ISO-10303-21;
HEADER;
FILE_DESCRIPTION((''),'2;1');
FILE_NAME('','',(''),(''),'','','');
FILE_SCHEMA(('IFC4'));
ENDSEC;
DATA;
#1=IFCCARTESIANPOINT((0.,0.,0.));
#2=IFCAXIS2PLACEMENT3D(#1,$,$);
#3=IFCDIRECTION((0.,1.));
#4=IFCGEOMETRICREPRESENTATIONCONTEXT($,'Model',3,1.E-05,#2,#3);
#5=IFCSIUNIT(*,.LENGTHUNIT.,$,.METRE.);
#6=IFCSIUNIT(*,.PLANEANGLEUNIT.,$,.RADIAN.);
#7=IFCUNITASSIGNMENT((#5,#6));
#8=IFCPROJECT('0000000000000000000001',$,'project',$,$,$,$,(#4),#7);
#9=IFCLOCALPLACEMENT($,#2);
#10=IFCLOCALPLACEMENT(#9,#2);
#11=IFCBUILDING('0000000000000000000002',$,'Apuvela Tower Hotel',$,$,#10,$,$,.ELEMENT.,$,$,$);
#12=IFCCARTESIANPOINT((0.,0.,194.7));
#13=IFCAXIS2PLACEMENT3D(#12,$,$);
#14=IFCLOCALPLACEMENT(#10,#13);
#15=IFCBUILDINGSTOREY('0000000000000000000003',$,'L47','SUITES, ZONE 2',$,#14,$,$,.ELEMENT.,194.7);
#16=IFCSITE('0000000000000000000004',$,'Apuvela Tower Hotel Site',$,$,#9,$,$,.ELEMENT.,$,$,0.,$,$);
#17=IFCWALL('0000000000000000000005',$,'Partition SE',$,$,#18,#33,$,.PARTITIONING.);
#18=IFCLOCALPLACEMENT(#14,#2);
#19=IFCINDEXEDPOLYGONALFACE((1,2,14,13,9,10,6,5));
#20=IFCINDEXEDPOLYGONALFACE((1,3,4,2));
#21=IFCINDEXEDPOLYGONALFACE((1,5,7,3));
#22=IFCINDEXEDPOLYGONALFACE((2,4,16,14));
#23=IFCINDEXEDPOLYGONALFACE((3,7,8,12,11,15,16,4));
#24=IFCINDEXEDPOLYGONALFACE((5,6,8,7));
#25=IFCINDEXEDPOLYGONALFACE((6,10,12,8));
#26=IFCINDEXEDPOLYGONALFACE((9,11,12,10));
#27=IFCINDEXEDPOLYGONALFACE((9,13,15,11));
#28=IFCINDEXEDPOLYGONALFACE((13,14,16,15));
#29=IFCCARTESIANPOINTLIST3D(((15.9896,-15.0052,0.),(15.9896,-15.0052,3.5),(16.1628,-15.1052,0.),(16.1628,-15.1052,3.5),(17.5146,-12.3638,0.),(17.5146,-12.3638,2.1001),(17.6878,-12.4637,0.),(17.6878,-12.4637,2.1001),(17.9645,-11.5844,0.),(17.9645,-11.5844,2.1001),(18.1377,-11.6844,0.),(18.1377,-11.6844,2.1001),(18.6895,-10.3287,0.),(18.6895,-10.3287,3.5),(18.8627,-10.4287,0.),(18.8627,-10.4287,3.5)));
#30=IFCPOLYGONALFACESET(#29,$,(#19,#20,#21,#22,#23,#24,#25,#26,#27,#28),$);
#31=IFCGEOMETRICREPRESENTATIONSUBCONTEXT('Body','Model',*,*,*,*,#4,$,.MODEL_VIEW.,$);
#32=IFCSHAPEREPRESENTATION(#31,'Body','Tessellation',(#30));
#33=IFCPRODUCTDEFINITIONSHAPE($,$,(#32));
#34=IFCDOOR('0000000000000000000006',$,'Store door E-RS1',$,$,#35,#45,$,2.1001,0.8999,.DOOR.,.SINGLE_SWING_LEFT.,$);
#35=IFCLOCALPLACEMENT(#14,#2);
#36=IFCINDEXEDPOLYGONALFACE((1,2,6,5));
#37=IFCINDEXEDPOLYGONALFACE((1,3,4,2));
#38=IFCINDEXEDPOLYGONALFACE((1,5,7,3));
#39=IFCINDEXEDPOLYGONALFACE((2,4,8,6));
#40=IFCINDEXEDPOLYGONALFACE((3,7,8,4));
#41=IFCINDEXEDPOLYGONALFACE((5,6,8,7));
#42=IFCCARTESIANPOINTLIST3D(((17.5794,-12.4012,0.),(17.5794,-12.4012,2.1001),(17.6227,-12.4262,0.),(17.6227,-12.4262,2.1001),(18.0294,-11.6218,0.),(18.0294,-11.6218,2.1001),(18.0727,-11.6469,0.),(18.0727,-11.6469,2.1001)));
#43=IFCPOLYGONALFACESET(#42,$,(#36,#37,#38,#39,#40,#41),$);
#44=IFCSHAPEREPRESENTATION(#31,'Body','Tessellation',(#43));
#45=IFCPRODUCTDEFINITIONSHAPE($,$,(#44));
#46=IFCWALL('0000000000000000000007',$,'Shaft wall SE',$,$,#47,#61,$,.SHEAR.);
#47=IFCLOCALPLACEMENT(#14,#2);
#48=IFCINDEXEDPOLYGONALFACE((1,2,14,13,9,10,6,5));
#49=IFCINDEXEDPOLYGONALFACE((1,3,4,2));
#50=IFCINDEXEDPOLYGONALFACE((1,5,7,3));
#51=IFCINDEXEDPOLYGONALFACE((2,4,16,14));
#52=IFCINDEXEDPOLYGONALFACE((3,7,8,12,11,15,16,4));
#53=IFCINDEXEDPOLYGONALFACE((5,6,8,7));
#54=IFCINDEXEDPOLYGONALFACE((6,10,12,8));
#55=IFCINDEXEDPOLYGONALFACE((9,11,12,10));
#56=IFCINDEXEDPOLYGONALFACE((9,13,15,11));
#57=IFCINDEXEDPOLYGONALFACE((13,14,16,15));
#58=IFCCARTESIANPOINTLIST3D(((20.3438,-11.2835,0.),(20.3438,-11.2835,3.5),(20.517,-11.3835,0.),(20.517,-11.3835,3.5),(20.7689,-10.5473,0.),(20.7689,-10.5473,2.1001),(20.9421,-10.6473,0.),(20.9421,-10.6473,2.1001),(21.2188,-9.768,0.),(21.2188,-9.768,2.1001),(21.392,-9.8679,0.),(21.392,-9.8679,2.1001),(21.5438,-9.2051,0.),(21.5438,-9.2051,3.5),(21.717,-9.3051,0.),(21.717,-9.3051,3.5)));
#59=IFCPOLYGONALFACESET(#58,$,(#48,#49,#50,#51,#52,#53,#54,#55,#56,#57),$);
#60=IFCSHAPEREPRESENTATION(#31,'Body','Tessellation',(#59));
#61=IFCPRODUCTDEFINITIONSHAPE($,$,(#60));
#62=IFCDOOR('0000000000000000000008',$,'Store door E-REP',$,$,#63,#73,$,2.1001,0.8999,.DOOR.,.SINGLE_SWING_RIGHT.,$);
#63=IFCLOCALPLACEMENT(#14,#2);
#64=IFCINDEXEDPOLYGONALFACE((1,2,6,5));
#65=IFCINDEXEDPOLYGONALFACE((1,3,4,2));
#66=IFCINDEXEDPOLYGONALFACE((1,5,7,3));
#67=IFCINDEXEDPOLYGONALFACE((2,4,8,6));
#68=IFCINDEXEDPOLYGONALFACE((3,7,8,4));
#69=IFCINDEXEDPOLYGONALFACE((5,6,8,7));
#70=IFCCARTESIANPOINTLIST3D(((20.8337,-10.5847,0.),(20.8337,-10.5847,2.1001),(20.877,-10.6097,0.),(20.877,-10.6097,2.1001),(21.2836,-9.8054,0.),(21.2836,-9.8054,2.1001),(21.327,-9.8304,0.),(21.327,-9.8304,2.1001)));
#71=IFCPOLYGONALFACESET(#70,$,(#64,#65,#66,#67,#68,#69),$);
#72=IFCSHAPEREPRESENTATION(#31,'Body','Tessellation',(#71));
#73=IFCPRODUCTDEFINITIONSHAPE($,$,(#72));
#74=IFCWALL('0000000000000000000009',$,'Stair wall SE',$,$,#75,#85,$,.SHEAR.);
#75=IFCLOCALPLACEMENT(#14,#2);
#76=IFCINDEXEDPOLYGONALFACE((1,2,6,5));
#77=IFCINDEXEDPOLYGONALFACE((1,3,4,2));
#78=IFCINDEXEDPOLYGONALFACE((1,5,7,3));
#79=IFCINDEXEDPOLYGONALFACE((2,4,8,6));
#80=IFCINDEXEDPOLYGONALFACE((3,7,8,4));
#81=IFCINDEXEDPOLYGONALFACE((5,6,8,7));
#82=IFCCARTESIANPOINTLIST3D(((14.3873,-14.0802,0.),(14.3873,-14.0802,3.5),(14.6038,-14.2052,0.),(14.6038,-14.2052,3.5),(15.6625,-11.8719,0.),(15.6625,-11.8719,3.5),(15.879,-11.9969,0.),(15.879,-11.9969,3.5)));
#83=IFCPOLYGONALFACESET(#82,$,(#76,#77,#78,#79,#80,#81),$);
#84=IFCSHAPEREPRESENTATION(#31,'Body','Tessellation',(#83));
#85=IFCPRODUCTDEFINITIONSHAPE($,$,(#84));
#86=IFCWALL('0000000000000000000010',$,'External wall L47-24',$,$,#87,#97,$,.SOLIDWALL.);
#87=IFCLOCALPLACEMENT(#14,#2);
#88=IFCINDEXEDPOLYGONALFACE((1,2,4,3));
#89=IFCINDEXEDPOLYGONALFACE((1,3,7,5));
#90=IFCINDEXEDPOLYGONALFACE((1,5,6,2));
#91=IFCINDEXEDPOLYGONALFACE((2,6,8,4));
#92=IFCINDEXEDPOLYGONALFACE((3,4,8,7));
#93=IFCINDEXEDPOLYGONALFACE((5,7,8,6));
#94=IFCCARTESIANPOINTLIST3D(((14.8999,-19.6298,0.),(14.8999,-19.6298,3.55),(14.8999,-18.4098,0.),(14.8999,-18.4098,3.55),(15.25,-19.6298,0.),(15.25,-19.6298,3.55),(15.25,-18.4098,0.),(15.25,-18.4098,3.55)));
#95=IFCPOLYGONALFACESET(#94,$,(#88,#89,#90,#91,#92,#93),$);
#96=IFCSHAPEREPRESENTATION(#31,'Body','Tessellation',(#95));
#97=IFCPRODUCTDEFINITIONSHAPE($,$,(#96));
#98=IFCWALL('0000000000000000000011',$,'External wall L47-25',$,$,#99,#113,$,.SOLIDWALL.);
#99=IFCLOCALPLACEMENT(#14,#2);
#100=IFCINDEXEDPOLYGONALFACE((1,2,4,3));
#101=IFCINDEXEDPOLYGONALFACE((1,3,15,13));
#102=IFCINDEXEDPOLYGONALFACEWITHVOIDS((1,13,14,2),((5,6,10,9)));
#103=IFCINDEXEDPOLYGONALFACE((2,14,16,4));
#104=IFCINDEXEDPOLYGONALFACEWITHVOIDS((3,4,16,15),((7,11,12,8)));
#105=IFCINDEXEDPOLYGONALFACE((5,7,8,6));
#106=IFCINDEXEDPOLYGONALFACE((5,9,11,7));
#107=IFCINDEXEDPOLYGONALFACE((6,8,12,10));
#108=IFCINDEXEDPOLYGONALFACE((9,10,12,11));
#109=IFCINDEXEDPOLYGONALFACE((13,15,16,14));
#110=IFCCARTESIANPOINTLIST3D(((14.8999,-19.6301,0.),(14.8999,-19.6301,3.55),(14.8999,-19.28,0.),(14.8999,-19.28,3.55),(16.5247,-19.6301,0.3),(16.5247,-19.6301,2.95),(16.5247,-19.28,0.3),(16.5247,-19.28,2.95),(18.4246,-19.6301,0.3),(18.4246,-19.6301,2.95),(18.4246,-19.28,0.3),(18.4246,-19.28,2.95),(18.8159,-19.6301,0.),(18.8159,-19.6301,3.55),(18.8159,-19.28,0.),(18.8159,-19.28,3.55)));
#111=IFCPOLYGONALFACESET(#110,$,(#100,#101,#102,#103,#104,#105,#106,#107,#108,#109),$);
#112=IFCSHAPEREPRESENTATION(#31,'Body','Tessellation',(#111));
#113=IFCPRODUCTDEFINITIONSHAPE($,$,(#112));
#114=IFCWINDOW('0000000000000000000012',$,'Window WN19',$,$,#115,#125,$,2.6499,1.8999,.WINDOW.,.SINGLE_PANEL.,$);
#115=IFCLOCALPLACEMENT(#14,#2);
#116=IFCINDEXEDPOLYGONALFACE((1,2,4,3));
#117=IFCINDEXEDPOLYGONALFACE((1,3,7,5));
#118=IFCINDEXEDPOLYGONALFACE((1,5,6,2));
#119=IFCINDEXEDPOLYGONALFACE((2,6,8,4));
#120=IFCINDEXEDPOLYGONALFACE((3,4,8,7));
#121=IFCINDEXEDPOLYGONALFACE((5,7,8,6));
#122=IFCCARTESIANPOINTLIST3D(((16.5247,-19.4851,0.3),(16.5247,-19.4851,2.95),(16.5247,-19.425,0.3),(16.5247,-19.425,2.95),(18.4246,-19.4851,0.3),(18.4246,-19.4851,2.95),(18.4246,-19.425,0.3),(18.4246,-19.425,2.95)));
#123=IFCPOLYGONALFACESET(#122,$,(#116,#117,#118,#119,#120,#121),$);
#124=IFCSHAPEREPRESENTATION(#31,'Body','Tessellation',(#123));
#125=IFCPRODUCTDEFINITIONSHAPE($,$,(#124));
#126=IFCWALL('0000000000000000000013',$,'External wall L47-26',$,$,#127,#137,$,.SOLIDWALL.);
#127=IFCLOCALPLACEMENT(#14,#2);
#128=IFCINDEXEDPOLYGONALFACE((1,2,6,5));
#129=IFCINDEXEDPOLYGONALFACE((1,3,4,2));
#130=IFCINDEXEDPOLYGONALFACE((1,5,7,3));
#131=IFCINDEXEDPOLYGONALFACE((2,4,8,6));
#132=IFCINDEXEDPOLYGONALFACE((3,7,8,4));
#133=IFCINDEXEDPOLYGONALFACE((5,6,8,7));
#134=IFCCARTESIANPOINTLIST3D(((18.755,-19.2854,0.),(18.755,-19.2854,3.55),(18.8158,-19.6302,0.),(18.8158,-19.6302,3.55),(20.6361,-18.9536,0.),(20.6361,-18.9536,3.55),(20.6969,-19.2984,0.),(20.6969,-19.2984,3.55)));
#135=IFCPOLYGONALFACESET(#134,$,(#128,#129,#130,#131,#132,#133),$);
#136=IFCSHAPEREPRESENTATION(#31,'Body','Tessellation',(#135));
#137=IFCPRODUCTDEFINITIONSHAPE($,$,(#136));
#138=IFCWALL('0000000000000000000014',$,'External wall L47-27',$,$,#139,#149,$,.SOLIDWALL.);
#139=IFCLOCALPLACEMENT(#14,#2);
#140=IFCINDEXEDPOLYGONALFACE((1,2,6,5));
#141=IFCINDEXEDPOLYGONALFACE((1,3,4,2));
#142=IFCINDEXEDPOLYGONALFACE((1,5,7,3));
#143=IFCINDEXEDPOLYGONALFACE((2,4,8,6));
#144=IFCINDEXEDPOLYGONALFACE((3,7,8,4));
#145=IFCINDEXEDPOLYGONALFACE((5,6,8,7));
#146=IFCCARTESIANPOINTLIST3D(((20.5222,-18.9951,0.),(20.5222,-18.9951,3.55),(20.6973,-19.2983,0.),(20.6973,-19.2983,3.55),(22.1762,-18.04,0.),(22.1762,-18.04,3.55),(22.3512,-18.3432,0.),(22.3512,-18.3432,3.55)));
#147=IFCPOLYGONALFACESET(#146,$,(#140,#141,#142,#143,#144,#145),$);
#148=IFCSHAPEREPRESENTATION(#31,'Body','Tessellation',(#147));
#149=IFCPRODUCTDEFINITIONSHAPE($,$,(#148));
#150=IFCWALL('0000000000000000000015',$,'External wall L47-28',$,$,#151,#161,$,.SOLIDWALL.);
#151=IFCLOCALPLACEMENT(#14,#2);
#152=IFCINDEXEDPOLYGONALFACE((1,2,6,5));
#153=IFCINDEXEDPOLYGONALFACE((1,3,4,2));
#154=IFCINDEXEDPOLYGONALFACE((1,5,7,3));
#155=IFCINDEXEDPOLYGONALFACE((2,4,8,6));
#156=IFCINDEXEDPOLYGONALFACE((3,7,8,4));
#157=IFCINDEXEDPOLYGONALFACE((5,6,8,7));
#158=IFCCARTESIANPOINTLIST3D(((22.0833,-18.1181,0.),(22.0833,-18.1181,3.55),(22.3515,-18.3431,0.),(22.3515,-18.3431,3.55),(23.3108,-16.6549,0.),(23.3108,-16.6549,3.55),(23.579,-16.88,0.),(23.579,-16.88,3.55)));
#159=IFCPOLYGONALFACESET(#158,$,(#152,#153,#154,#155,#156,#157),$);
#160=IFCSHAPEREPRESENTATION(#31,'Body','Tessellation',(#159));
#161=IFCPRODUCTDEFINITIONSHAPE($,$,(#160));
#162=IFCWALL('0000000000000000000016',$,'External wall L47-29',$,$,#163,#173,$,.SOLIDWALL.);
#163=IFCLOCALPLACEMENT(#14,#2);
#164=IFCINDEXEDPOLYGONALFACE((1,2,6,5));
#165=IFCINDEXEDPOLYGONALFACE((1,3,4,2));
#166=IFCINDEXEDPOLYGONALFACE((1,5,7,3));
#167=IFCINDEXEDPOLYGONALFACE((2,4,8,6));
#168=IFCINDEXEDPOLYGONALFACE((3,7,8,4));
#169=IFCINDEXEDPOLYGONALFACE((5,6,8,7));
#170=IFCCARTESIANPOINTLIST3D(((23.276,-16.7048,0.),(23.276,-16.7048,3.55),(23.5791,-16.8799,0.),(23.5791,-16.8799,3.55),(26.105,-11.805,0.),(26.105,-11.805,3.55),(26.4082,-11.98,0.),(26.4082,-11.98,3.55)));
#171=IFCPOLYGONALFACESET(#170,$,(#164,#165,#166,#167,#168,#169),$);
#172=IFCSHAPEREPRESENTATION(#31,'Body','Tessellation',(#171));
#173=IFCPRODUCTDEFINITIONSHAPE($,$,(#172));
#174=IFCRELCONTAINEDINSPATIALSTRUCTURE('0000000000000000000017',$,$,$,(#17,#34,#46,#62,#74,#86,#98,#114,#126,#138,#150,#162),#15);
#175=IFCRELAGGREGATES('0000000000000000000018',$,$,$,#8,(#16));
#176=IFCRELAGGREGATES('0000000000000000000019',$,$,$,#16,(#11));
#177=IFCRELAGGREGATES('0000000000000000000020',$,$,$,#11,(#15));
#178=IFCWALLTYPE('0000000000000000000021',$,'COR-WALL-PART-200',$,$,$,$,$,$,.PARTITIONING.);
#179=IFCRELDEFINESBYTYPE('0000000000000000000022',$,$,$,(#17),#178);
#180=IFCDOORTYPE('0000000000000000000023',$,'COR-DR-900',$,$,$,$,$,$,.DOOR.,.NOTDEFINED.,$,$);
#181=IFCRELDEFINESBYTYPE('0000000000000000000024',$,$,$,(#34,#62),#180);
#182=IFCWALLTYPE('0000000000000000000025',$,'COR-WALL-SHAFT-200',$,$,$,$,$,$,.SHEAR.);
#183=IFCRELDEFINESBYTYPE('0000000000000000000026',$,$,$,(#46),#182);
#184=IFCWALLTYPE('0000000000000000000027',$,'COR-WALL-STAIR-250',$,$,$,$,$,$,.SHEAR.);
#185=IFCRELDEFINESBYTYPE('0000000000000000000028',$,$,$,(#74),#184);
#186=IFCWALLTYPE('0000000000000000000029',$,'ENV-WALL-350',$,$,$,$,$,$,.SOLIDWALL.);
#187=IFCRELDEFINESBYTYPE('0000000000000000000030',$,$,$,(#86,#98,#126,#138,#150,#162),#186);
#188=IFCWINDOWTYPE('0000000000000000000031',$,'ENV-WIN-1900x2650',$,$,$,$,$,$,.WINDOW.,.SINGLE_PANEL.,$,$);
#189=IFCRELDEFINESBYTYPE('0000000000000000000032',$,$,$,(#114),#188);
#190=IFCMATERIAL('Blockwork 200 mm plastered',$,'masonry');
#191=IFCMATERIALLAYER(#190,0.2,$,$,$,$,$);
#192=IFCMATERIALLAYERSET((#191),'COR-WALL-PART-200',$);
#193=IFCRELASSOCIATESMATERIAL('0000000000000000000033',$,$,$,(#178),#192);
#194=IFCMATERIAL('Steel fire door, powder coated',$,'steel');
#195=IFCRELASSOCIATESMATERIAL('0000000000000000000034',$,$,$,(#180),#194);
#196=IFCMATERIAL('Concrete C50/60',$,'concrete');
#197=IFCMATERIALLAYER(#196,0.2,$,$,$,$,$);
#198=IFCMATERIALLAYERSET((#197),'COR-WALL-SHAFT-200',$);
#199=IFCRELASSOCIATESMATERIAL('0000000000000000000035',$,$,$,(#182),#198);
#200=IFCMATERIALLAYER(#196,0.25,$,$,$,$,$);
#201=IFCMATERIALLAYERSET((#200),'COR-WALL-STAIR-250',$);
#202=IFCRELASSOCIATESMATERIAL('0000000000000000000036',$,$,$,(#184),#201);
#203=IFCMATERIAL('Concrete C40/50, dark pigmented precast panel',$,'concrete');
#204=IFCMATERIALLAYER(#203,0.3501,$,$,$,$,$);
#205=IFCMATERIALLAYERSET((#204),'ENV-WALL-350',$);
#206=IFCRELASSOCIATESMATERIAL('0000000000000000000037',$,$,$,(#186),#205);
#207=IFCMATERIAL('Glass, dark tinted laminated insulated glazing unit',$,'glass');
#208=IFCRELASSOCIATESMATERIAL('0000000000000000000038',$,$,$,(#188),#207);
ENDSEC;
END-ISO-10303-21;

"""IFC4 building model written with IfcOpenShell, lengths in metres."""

from ifc_helpers import new_model, si_unit, direction, frame, frame_2d, origin, place, context, subcontext, project, spatial, rectangle, extrude, material, layer, layer_set, type_object, element, fill, save


model = new_model("IFC4")

# Units and contexts
model_context = context("Model", 3, precision=1e-05, world=origin(), true_north=direction((0.0, 1.0)))
body_context = subcontext(model_context, "Body", "Model", "MODEL_VIEW")
ifc_project = project(units=[si_unit("LENGTHUNIT", "METRE"), si_unit("PLANEANGLEUNIT", "RADIAN")], contexts=[model_context])

# Site, building, storey
site_placement = place(None, origin())
site = spatial("IfcSite", under=ifc_project, at=site_placement, Name="Apuvela Tower Hotel Site", CompositionType="ELEMENT", RefElevation=0.0)
building_placement = place(site_placement, origin())
building = spatial("IfcBuilding", under=site, at=building_placement, Name="Apuvela Tower Hotel", CompositionType="ELEMENT")
storey_placement = place(building_placement, frame((0.0, 0.0, 194.7)))
storey = spatial("IfcBuildingStorey", under=building, at=storey_placement, Name="L47", Description="SUITES, ZONE 2", CompositionType="ELEMENT", Elevation=194.7)

# Walls, openings, doors
ifc_material_1 = material(Name="Blockwork 200 mm plastered", Category="masonry")
ifc_layer_1 = layer(ifc_material_1, 0.2)
ifc_layer_set_1 = layer_set([ifc_layer_1], Name="COR-WALL-PART-200")
wall_type_1 = type_object("IfcWallType", Name="COR-WALL-PART-200", PredefinedType="PARTITIONING", material=ifc_layer_set_1)
wall_1_placement = place(storey_placement, frame((16.0762, -15.0552, 0.0), z_axis=(0.0, 0.0, 1.0), x_axis=(0.499995, 0.866028, 0.0)))
wall_1 = element("IfcWall", 1, at=wall_1_placement, inside=storey, type_object=wall_type_1, Name="Partition SE", PredefinedType="PARTITIONING", context=body_context, shape_type="SweptSolid", body=[
    extrude(rectangle(XDim=5.3999, YDim=0.2, at=frame_2d((2.7, 0.0))), origin(), (0.0, 0.0, 1.0), 3.5),
])
opening_1_placement = place(wall_1_placement, frame((3.05, 0.0, 0.0)))
opening_1 = element("IfcOpeningElement", 2, at=opening_1_placement, cuts=wall_1, PredefinedType="OPENING", context=body_context, shape_type="SweptSolid", body=[
    extrude(rectangle(XDim=0.8999, YDim=2.1001, at=frame_2d((0.45, 1.05))), frame((0.0, 0.1099, 0.0), z_axis=(0.0, -1.0, 0.0), x_axis=(1.0, 0.0, 0.0)), (0.0, 0.0, 1.0), 0.22),
])
ifc_material_2 = material(Name="Steel fire door, powder coated", Category="steel")
door_type_1 = type_object("IfcDoorType", Name="COR-DR-900", OperationType="NOTDEFINED", PredefinedType="DOOR", material=ifc_material_2)
door_1_placement = place(opening_1_placement, frame((0.8999, 0.0, 0.0), z_axis=(0.0, 0.0, 1.0), x_axis=(-1.0, 0.0, 0.0)))
door_1 = element("IfcDoor", 3, at=door_1_placement, inside=storey, type_object=door_type_1, Name="Store door E-RS1", OperationType="SINGLE_SWING_LEFT", OverallHeight=2.1001, OverallWidth=0.8999, PredefinedType="DOOR", context=body_context, shape_type="SweptSolid", body=[
    extrude(rectangle(XDim=0.8999, YDim=2.1001, at=frame_2d((0.45, 1.05))), frame((0.0, 0.0249, 0.0), z_axis=(0.0, -1.0, 0.0), x_axis=(1.0, 0.0, 0.0)), (0.0, 0.0, 1.0), 0.05),
])
fill(opening_1, door_1)
ifc_material_3 = material(Name="Concrete C50/60", Category="concrete")
ifc_layer_2 = layer(ifc_material_3, 0.2)
ifc_layer_set_2 = layer_set([ifc_layer_2], Name="COR-WALL-SHAFT-200")
wall_type_2 = type_object("IfcWallType", Name="COR-WALL-SHAFT-200", PredefinedType="SHEAR", material=ifc_layer_set_2)
wall_2_placement = place(storey_placement, frame((20.4304, -11.3335, 0.0), z_axis=(0.0, 0.0, 1.0), x_axis=(0.500001, 0.866025, 0.0)))
wall_2 = element("IfcWall", 4, at=wall_2_placement, inside=storey, type_object=wall_type_2, Name="Shaft wall SE", PredefinedType="SHEAR", context=body_context, shape_type="SweptSolid", body=[
    extrude(rectangle(XDim=2.3999, YDim=0.2, at=frame_2d((1.2, 0.0))), origin(), (0.0, 0.0, 1.0), 3.5),
])
opening_2_placement = place(wall_2_placement, frame((0.8501, 0.0, 0.0)))
opening_2 = element("IfcOpeningElement", 5, at=opening_2_placement, cuts=wall_2, PredefinedType="OPENING", context=body_context, shape_type="SweptSolid", body=[
    extrude(rectangle(XDim=0.8999, YDim=2.1001, at=frame_2d((0.45, 1.05))), frame((0.0, 0.1099, 0.0), z_axis=(0.0, -1.0, 0.0), x_axis=(1.0, 0.0, 0.0)), (0.0, 0.0, 1.0), 0.22),
])
door_2_placement = place(opening_2_placement, frame((0.8999, 0.0, 0.0), z_axis=(0.0, 0.0, 1.0), x_axis=(-1.0, 0.0, 0.0)))
door_2 = element("IfcDoor", 6, at=door_2_placement, inside=storey, type_object=door_type_1, Name="Store door E-REP", OperationType="SINGLE_SWING_RIGHT", OverallHeight=2.1001, OverallWidth=0.8999, PredefinedType="DOOR", context=body_context, shape_type="SweptSolid", body=[
    extrude(rectangle(XDim=0.8999, YDim=2.1001, at=frame_2d((0.45, 1.05))), frame((0.0, 0.0249, 0.0), z_axis=(0.0, -1.0, 0.0), x_axis=(1.0, 0.0, 0.0)), (0.0, 0.0, 1.0), 0.05),
])
fill(opening_2, door_2)

# Walls
ifc_layer_3 = layer(ifc_material_3, 0.25)
ifc_layer_set_3 = layer_set([ifc_layer_3], Name="COR-WALL-STAIR-250")
wall_type_3 = type_object("IfcWallType", Name="COR-WALL-STAIR-250", PredefinedType="SHEAR", material=ifc_layer_set_3)
wall_3_placement = place(storey_placement, frame((14.4956, -14.1426, 0.0), z_axis=(0.0, 0.0, 1.0), x_axis=(0.500062, 0.865989, 0.0)))
element("IfcWall", 7, at=wall_3_placement, inside=storey, type_object=wall_type_3, Name="Stair wall SE", PredefinedType="SHEAR", context=body_context, shape_type="SweptSolid", body=[
    extrude(rectangle(XDim=2.55, YDim=0.25, at=frame_2d((1.2749, 0.0))), origin(), (0.0, 0.0, 1.0), 3.5),
])
ifc_material_4 = material(Name="Concrete C40/50, dark pigmented precast panel", Category="concrete")
ifc_layer_4 = layer(ifc_material_4, 0.3501)
ifc_layer_set_4 = layer_set([ifc_layer_4], Name="ENV-WALL-350")
wall_type_4 = type_object("IfcWallType", Name="ENV-WALL-350", PredefinedType="SOLIDWALL", material=ifc_layer_set_4)
wall_4_placement = place(storey_placement, frame((15.075, -18.4099, 0.0), z_axis=(0.0, 0.0, 1.0), x_axis=(0.0, -1.0, 0.0)))
element("IfcWall", 8, at=wall_4_placement, inside=storey, type_object=wall_type_4, Name="External wall L47-24", PredefinedType="SOLIDWALL", context=body_context, shape_type="SweptSolid", body=[
    extrude(rectangle(XDim=1.22, YDim=0.3501, at=frame_2d((0.6099, 0.0))), origin(), (0.0, 0.0, 1.0), 3.55),
])

# Wall, opening, window
wall_5_placement = place(storey_placement, frame((14.8999, -19.4551, 0.0), z_axis=(0.0, 0.0, 1.0), x_axis=(1.0, 0.0, 0.0)))
wall_5 = element("IfcWall", 9, at=wall_5_placement, inside=storey, type_object=wall_type_4, Name="External wall L47-25", PredefinedType="SOLIDWALL", context=body_context, shape_type="SweptSolid", body=[
    extrude(rectangle(XDim=3.916, YDim=0.3501, at=frame_2d((1.958, 0.0))), origin(), (0.0, 0.0, 1.0), 3.55),
])
opening_3_placement = place(wall_5_placement, frame((1.6248, 0.0, 0.3)))
opening_3 = element("IfcOpeningElement", 10, at=opening_3_placement, cuts=wall_5, PredefinedType="OPENING", context=body_context, shape_type="SweptSolid", body=[
    extrude(rectangle(XDim=1.8999, YDim=2.6499, at=frame_2d((0.95, 1.325))), frame((0.0, 0.1851, 0.0), z_axis=(0.0, -1.0, 0.0), x_axis=(1.0, 0.0, 0.0)), (0.0, 0.0, 1.0), 0.3701),
])
ifc_material_5 = material(Name="Glass, dark tinted laminated insulated glazing unit", Category="glass")
window_type = type_object("IfcWindowType", Name="ENV-WIN-1900x2650", PartitioningType="SINGLE_PANEL", PredefinedType="WINDOW", material=ifc_material_5)
window_placement = place(opening_3_placement, origin())
window = element("IfcWindow", 11, at=window_placement, inside=storey, type_object=window_type, Name="Window WN19", OverallHeight=2.6499, OverallWidth=1.8999, PartitioningType="SINGLE_PANEL", PredefinedType="WINDOW", context=body_context, shape_type="SweptSolid", body=[
    extrude(rectangle(XDim=1.8999, YDim=2.6499, at=frame_2d((0.95, 1.325))), frame((0.0, 0.03, 0.0), z_axis=(0.0, -1.0, 0.0), x_axis=(1.0, 0.0, 0.0)), (0.0, 0.0, 1.0), 0.0601),
])
fill(opening_3, window)

# Walls
wall_6_placement = place(storey_placement, frame((18.7854, -19.4578, 0.0), z_axis=(0.0, 0.0, 1.0), x_axis=(0.984799, 0.173698, 0.0)))
element("IfcWall", 12, at=wall_6_placement, inside=storey, type_object=wall_type_4, Name="External wall L47-26", PredefinedType="SOLIDWALL", context=body_context, shape_type="SweptSolid", body=[
    extrude(rectangle(XDim=1.9102, YDim=0.3501, at=frame_2d((0.9551, 0.0))), origin(), (0.0, 0.0, 1.0), 3.55),
])
for number, where, z_axis, x_axis, name in (
    (13, (20.6096, -19.1467, 0.0), (0.0, 0.0, 1.0), (0.866, 0.500043, 0.0), "External wall L47-27"),
    (14, (22.2173, -18.2307, 0.0), (0.0, 0.0, 1.0), (0.642733, 0.76609, 0.0), "External wall L47-28"),
):
    element("IfcWall", number, at=place(storey_placement, frame(where, z_axis=z_axis, x_axis=x_axis)), inside=storey, type_object=wall_type_4, Name=name, PredefinedType="SOLIDWALL", context=body_context, shape_type="SweptSolid", body=[
        extrude(rectangle(XDim=1.9099, YDim=0.3501, at=frame_2d((0.9551, 0.0))), origin(), (0.0, 0.0, 1.0), 3.55),
    ])
wall_7_placement = place(storey_placement, frame((23.4275, -16.7925, 0.0), z_axis=(0.0, 0.0, 1.0), x_axis=(0.500019, 0.866015, 0.0)))
element("IfcWall", 15, at=wall_7_placement, inside=storey, type_object=wall_type_4, Name="External wall L47-29", PredefinedType="SOLIDWALL", context=body_context, shape_type="SweptSolid", body=[
    extrude(rectangle(XDim=5.658, YDim=0.3501, at=frame_2d((2.8291, 0.0))), origin(), (0.0, 0.0, 1.0), 3.55),
])

save(model, "model.ifc")
